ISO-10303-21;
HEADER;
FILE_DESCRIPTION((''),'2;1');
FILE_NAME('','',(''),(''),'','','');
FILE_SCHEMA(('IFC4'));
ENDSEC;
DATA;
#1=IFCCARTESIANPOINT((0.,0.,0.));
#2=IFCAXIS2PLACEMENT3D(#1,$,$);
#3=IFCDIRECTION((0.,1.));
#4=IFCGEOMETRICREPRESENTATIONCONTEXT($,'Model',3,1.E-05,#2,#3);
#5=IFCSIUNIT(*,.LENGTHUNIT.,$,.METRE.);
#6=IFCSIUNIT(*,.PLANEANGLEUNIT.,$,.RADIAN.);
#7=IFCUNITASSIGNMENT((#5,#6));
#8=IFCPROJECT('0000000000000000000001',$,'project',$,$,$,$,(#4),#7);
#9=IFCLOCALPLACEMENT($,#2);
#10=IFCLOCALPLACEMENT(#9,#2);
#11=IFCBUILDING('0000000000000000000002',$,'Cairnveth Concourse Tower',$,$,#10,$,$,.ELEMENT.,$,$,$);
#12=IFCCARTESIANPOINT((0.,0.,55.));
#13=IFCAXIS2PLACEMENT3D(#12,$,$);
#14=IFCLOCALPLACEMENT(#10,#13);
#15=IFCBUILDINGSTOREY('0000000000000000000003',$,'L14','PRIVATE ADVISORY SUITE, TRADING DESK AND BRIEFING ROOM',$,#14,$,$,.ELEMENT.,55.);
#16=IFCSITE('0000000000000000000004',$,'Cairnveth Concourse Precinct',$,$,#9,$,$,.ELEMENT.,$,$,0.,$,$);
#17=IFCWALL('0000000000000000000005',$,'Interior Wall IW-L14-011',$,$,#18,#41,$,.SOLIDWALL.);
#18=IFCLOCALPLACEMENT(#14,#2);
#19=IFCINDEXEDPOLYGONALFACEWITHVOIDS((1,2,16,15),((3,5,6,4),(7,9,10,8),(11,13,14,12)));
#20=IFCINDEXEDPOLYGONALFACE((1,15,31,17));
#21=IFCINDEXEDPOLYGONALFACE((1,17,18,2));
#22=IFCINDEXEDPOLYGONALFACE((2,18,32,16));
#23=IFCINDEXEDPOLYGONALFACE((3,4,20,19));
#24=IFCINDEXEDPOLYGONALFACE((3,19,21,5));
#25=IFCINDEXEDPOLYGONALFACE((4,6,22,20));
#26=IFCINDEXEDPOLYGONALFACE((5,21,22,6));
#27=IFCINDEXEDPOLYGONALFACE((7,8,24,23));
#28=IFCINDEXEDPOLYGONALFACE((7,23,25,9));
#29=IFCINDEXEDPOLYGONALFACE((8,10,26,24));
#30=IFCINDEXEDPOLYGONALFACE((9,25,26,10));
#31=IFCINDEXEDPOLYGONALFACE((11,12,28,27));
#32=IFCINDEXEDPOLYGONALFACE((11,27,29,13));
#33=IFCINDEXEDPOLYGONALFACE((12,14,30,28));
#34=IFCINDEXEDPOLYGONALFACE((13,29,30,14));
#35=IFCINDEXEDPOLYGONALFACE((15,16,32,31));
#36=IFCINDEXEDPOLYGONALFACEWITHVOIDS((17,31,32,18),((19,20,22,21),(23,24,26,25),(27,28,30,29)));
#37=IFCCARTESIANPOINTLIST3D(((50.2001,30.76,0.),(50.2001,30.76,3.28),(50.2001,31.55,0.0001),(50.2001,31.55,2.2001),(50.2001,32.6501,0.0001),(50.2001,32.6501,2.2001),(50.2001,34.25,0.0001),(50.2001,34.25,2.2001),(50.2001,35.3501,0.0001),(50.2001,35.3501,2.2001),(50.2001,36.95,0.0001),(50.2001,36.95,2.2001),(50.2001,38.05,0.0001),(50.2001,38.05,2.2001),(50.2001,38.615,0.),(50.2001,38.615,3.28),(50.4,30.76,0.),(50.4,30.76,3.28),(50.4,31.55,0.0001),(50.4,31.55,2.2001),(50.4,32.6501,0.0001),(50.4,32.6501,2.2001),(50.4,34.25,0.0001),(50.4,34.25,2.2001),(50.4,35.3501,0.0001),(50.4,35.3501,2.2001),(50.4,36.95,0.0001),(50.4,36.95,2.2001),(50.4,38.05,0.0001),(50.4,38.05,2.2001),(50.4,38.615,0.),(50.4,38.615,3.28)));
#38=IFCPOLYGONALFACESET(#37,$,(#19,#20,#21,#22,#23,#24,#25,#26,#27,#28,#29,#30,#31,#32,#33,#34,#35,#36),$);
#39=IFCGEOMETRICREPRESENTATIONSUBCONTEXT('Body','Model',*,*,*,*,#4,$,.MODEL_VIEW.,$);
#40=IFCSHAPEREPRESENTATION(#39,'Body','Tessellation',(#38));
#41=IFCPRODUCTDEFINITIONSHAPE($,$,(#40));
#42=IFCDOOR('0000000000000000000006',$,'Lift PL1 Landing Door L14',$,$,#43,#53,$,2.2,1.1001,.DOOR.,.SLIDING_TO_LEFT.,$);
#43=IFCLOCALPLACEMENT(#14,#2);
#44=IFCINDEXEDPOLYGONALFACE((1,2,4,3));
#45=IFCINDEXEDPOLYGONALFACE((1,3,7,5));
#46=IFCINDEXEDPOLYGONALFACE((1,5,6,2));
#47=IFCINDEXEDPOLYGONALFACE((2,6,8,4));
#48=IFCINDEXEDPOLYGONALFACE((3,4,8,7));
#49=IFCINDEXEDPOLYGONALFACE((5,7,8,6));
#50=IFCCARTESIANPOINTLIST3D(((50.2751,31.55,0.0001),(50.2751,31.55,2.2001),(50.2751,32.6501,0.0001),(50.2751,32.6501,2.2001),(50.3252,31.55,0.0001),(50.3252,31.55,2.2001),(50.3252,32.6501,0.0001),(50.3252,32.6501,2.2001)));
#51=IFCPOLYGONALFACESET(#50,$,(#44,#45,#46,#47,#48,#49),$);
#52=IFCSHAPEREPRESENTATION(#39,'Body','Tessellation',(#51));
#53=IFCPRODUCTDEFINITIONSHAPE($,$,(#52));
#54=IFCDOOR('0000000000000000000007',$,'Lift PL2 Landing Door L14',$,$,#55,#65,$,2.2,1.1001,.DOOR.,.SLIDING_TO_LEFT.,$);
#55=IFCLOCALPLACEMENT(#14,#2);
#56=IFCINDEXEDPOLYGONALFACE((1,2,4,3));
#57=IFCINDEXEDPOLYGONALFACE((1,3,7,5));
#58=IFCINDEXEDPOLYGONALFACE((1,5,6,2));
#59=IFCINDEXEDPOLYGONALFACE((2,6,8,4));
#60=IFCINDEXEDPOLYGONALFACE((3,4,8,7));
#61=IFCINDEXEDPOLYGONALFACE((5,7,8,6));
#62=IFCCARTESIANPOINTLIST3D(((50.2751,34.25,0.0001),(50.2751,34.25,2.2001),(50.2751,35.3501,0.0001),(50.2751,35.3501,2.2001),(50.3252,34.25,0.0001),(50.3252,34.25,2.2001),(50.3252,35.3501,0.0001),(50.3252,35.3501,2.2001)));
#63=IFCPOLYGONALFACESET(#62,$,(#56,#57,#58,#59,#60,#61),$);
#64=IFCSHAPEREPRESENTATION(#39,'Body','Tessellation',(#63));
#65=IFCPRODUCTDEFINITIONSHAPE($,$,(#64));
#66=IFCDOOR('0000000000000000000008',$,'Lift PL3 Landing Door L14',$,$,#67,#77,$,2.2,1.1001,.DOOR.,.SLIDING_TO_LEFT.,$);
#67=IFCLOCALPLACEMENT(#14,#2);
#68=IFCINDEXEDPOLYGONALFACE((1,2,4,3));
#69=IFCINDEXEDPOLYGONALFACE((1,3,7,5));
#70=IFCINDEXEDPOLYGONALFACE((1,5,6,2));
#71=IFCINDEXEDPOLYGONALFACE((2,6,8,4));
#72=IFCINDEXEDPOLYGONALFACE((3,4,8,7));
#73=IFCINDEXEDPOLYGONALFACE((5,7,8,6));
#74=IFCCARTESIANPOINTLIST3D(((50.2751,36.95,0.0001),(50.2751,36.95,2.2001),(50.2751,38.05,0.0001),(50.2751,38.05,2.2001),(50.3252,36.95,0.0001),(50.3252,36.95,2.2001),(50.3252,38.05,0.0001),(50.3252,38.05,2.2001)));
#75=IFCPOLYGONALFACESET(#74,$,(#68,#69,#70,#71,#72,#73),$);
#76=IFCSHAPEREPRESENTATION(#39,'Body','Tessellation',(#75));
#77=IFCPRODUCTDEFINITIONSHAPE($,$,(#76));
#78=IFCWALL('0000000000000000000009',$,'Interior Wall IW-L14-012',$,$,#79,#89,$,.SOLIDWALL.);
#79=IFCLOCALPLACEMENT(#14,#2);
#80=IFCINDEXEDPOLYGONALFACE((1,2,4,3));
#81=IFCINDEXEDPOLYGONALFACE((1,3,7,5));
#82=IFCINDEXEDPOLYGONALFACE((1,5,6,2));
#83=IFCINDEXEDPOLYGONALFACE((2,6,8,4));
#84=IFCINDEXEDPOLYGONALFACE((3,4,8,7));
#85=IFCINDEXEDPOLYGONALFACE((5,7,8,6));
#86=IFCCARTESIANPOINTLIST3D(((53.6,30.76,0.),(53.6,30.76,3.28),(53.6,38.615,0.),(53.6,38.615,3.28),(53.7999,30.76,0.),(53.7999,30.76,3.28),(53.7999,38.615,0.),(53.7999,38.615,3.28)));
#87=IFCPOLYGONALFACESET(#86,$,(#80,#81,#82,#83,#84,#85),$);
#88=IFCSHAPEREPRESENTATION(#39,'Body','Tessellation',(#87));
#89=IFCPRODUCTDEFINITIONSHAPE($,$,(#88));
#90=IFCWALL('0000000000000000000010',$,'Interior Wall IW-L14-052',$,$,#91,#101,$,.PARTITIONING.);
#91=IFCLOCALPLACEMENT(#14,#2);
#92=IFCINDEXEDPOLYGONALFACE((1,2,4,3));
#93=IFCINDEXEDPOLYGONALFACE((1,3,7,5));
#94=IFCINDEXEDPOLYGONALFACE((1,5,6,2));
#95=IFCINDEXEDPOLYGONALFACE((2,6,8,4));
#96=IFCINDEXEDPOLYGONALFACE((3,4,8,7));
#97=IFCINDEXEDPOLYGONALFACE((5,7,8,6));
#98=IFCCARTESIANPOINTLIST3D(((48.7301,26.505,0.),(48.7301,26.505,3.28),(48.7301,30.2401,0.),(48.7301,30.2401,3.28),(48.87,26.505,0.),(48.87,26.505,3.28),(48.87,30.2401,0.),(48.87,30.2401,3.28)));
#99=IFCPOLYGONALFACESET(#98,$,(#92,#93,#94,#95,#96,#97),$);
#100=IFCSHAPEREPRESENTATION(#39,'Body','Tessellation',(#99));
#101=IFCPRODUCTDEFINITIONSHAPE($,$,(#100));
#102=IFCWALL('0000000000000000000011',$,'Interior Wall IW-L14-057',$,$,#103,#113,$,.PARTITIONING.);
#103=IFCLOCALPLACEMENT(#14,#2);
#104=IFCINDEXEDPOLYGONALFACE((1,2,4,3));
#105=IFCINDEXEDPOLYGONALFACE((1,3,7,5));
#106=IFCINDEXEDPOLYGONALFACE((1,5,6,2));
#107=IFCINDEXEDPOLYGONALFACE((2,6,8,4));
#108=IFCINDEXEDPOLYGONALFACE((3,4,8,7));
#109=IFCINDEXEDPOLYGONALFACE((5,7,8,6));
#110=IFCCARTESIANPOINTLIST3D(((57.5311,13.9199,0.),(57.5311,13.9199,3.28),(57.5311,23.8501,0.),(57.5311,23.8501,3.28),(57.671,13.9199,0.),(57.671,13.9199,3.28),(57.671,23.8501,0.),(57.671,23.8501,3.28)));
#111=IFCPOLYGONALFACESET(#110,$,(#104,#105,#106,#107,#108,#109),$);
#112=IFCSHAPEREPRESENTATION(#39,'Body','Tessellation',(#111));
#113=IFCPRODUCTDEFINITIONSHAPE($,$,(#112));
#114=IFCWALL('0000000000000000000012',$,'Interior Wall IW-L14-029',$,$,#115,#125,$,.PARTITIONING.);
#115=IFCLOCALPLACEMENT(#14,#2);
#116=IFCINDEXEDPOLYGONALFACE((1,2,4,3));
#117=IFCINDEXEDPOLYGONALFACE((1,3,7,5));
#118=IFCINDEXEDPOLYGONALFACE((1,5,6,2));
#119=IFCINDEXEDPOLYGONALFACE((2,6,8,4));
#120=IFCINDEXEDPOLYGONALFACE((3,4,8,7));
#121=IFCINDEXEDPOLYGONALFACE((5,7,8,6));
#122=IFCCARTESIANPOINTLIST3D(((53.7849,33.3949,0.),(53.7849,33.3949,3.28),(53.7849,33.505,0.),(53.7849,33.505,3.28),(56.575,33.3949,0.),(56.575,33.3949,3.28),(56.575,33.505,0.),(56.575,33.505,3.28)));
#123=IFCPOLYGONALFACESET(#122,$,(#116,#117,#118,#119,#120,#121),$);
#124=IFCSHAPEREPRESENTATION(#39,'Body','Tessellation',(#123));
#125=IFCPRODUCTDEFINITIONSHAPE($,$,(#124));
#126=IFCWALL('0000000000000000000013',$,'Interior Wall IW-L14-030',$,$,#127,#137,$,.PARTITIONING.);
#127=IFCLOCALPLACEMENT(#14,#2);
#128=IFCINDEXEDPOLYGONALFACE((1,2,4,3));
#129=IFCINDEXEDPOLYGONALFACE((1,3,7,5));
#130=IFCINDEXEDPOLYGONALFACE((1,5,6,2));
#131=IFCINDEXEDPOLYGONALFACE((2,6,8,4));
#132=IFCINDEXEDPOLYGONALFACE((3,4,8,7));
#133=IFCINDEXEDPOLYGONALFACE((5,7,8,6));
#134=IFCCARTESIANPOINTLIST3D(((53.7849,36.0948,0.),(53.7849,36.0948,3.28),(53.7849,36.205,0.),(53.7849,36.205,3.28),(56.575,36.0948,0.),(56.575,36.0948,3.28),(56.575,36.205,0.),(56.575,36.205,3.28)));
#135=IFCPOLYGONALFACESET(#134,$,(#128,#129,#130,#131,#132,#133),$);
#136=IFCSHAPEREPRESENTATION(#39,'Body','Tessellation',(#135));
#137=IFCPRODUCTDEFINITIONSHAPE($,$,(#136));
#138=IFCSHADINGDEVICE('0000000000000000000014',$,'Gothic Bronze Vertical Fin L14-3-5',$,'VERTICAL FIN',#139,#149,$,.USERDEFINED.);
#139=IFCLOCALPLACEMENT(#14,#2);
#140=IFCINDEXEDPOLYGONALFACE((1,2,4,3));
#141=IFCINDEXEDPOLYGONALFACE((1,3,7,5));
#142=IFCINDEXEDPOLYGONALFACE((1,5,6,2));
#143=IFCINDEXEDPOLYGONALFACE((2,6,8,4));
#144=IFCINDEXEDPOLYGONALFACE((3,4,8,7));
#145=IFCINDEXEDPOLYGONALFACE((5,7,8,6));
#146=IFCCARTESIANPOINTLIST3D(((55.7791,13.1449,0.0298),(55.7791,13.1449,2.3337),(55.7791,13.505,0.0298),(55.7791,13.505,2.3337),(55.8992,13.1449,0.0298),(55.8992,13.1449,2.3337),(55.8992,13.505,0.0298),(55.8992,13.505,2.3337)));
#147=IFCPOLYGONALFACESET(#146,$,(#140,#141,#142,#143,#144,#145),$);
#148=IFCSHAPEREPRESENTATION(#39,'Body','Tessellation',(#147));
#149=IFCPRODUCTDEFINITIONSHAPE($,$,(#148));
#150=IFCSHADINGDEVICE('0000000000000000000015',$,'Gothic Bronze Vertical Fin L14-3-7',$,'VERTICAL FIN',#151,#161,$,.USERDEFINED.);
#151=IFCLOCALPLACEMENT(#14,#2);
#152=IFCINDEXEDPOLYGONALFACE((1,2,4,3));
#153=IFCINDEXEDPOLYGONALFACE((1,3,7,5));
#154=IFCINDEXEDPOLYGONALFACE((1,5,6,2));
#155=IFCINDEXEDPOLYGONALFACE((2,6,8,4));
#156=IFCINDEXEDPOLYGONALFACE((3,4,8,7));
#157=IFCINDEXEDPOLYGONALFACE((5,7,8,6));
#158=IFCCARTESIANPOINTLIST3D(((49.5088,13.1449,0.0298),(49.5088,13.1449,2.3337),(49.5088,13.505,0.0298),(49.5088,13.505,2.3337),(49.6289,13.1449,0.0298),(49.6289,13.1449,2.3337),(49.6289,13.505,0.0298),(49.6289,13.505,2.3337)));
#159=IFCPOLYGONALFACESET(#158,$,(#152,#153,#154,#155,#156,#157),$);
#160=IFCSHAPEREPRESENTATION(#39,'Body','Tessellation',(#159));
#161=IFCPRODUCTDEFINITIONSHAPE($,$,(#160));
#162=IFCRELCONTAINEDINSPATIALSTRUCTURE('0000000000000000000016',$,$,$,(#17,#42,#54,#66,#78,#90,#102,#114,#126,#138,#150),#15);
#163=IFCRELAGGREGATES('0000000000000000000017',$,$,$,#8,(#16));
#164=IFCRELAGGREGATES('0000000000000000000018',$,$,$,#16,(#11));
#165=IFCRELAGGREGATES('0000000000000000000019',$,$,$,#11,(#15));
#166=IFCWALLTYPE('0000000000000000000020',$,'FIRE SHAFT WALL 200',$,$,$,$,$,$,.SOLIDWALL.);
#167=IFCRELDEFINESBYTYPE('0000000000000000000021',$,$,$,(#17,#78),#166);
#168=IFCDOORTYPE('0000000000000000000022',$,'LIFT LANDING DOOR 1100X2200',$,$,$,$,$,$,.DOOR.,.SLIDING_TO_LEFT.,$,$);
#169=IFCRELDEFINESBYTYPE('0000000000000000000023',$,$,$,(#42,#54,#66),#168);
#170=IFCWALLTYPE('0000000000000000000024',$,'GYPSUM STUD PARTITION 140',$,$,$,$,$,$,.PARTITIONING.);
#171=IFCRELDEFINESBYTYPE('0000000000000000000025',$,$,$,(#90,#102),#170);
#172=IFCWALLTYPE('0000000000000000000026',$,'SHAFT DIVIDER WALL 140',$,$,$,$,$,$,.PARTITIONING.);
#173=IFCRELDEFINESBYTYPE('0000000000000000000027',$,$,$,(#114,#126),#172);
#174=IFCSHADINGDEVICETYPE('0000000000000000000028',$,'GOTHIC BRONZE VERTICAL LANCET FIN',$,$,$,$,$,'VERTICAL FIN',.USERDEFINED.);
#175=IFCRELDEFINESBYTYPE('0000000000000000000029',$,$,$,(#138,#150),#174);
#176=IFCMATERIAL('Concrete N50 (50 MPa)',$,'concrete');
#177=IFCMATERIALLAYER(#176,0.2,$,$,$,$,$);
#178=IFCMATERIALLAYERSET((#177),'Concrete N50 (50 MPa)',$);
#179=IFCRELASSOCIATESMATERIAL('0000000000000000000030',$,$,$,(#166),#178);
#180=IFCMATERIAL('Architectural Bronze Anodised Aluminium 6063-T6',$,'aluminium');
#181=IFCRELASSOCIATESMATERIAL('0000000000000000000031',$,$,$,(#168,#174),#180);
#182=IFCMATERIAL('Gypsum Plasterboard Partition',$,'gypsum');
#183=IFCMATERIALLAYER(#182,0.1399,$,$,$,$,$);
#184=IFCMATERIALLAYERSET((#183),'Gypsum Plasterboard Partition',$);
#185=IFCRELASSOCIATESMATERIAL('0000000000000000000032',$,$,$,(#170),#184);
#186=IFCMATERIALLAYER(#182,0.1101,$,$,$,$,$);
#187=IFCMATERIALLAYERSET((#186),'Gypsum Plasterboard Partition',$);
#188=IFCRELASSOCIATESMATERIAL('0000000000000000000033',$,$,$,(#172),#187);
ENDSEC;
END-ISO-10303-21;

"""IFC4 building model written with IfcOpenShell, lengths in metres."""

from ifc_helpers import new_model, si_unit, direction, frame, frame_2d, origin, origin_2d, place, context, subcontext, project, spatial, rectangle, extrude, material, layer, layer_set, type_object, element, fill, save


model = new_model("IFC4")

# Units and contexts
model_context = context("Model", 3, precision=1e-05, world=origin(), true_north=direction((0.0, 1.0)))
body_context = subcontext(model_context, "Body", "Model", "MODEL_VIEW")
ifc_project = project(units=[si_unit("LENGTHUNIT", "METRE"), si_unit("PLANEANGLEUNIT", "RADIAN")], contexts=[model_context])

# Site, building, storey
site_placement = place(None, origin())
site = spatial("IfcSite", under=ifc_project, at=site_placement, Name="Cairnveth Concourse Precinct", CompositionType="ELEMENT", RefElevation=0.0)
building_placement = place(site_placement, origin())
building = spatial("IfcBuilding", under=site, at=building_placement, Name="Cairnveth Concourse Tower", CompositionType="ELEMENT")
storey_placement = place(building_placement, frame((0.0, 0.0, 55.0)))
storey = spatial("IfcBuildingStorey", under=building, at=storey_placement, Name="L14", Description="PRIVATE ADVISORY SUITE, TRADING DESK AND BRIEFING ROOM", CompositionType="ELEMENT", Elevation=55.0)

# Shared definitions
ifc_material_1 = material(Name="Concrete N50 (50 MPa)", Category="concrete")

# Wall, openings, doors
ifc_layer_1 = layer(ifc_material_1, 0.2)
ifc_layer_set_1 = layer_set([ifc_layer_1], Name="Concrete N50 (50 MPa)")
wall_type_1 = type_object("IfcWallType", Name="FIRE SHAFT WALL 200", PredefinedType="SOLIDWALL", material=ifc_layer_set_1)
wall_1_placement = place(storey_placement, frame((50.3, 30.76, 0.0), z_axis=(0.0, 0.0, 1.0), x_axis=(0.0, 1.0, 0.0)))
wall_1 = element("IfcWall", 1, at=wall_1_placement, inside=storey, type_object=wall_type_1, Name="Interior Wall IW-L14-011", PredefinedType="SOLIDWALL", context=body_context, shape_type="SweptSolid", body=[
    extrude(rectangle(XDim=7.855, YDim=0.2, at=frame_2d((3.9275, 0.0))), origin(), (0.0, 0.0, 1.0), 3.28),
])
opening_1_placement = place(wall_1_placement, frame((0.79, 0.0, 0.0)))
opening_1 = element("IfcOpeningElement", 2, at=opening_1_placement, cuts=wall_1, PredefinedType="OPENING", context=body_context, shape_type="SweptSolid", body=[
    extrude(rectangle(XDim=1.1001, YDim=2.2, at=frame_2d((0.55, 1.1001))), frame((0.0, 0.1099, 0.0), z_axis=(0.0, -1.0, 0.0), x_axis=(1.0, 0.0, 0.0)), (0.0, 0.0, 1.0), 0.22),
])
opening_2_placement = place(wall_1_placement, frame((3.49, 0.0, 0.0)))
opening_2 = element("IfcOpeningElement", 3, at=opening_2_placement, cuts=wall_1, PredefinedType="OPENING", context=body_context, shape_type="SweptSolid", body=[
    extrude(rectangle(XDim=1.1001, YDim=2.2, at=frame_2d((0.55, 1.1001))), frame((0.0, 0.1099, 0.0), z_axis=(0.0, -1.0, 0.0), x_axis=(1.0, 0.0, 0.0)), (0.0, 0.0, 1.0), 0.22),
])
opening_3_placement = place(wall_1_placement, frame((6.1899, 0.0, 0.0)))
opening_3 = element("IfcOpeningElement", 4, at=opening_3_placement, cuts=wall_1, PredefinedType="OPENING", context=body_context, shape_type="SweptSolid", body=[
    extrude(rectangle(XDim=1.1001, YDim=2.2, at=frame_2d((0.55, 1.1001))), frame((0.0, 0.1099, 0.0), z_axis=(0.0, -1.0, 0.0), x_axis=(1.0, 0.0, 0.0)), (0.0, 0.0, 1.0), 0.22),
])
ifc_material_2 = material(Name="Architectural Bronze Anodised Aluminium 6063-T6", Category="aluminium")
door_type = type_object("IfcDoorType", Name="LIFT LANDING DOOR 1100X2200", OperationType="SLIDING_TO_LEFT", PredefinedType="DOOR", material=ifc_material_2)
door_1_placement = place(opening_1_placement, origin())
door_1 = element("IfcDoor", 5, at=door_1_placement, inside=storey, type_object=door_type, Name="Lift PL1 Landing Door L14", OperationType="SLIDING_TO_LEFT", OverallHeight=2.2, OverallWidth=1.1001, PredefinedType="DOOR", context=body_context, shape_type="SweptSolid", body=[
    extrude(rectangle(XDim=1.1001, YDim=2.2, at=frame_2d((0.55, 1.1001))), frame((0.0, 0.0249, 0.0), z_axis=(0.0, -1.0, 0.0), x_axis=(1.0, 0.0, 0.0)), (0.0, 0.0, 1.0), 0.05),
])
fill(opening_1, door_1)
door_2_placement = place(opening_2_placement, origin())
door_2 = element("IfcDoor", 6, at=door_2_placement, inside=storey, type_object=door_type, Name="Lift PL2 Landing Door L14", OperationType="SLIDING_TO_LEFT", OverallHeight=2.2, OverallWidth=1.1001, PredefinedType="DOOR", context=body_context, shape_type="SweptSolid", body=[
    extrude(rectangle(XDim=1.1001, YDim=2.2, at=frame_2d((0.55, 1.1001))), frame((0.0, 0.0249, 0.0), z_axis=(0.0, -1.0, 0.0), x_axis=(1.0, 0.0, 0.0)), (0.0, 0.0, 1.0), 0.05),
])
fill(opening_2, door_2)
door_3_placement = place(opening_3_placement, origin())
door_3 = element("IfcDoor", 7, at=door_3_placement, inside=storey, type_object=door_type, Name="Lift PL3 Landing Door L14", OperationType="SLIDING_TO_LEFT", OverallHeight=2.2, OverallWidth=1.1001, PredefinedType="DOOR", context=body_context, shape_type="SweptSolid", body=[
    extrude(rectangle(XDim=1.1001, YDim=2.2, at=frame_2d((0.55, 1.1001))), frame((0.0, 0.0249, 0.0), z_axis=(0.0, -1.0, 0.0), x_axis=(1.0, 0.0, 0.0)), (0.0, 0.0, 1.0), 0.05),
])
fill(opening_3, door_3)

# Walls
wall_2_placement = place(storey_placement, frame((53.7, 30.76, 0.0), z_axis=(0.0, 0.0, 1.0), x_axis=(0.0, 1.0, 0.0)))
element("IfcWall", 8, at=wall_2_placement, inside=storey, type_object=wall_type_1, Name="Interior Wall IW-L14-012", PredefinedType="SOLIDWALL", context=body_context, shape_type="SweptSolid", body=[
    extrude(rectangle(XDim=7.855, YDim=0.2, at=frame_2d((3.9275, 0.0))), origin(), (0.0, 0.0, 1.0), 3.28),
])
ifc_material_3 = material(Name="Gypsum Plasterboard Partition", Category="gypsum")
ifc_layer_2 = layer(ifc_material_3, 0.1399)
ifc_layer_set_2 = layer_set([ifc_layer_2], Name="Gypsum Plasterboard Partition")
wall_type_2 = type_object("IfcWallType", Name="GYPSUM STUD PARTITION 140", PredefinedType="PARTITIONING", material=ifc_layer_set_2)
wall_3_placement = place(storey_placement, frame((48.8, 26.5049, 0.0), z_axis=(0.0, 0.0, 1.0), x_axis=(0.0, 1.0, 0.0)))
element("IfcWall", 9, at=wall_3_placement, inside=storey, type_object=wall_type_2, Name="Interior Wall IW-L14-052", PredefinedType="PARTITIONING", context=body_context, shape_type="SweptSolid", body=[
    extrude(rectangle(XDim=3.7351, YDim=0.1399, at=frame_2d((1.8677, 0.0))), origin(), (0.0, 0.0, 1.0), 3.28),
])
wall_4_placement = place(storey_placement, frame((57.6011, 13.9199, 0.0), z_axis=(0.0, 0.0, 1.0), x_axis=(0.0, 1.0, 0.0)))
element("IfcWall", 10, at=wall_4_placement, inside=storey, type_object=wall_type_2, Name="Interior Wall IW-L14-057", PredefinedType="PARTITIONING", context=body_context, shape_type="SweptSolid", body=[
    extrude(rectangle(XDim=9.9302, YDim=0.1399, at=frame_2d((4.9651, 0.0))), origin(), (0.0, 0.0, 1.0), 3.28),
])
ifc_layer_3 = layer(ifc_material_3, 0.1101)
ifc_layer_set_3 = layer_set([ifc_layer_3], Name="Gypsum Plasterboard Partition")
wall_type_3 = type_object("IfcWallType", Name="SHAFT DIVIDER WALL 140", PredefinedType="PARTITIONING", material=ifc_layer_set_3)
for number, where, z_axis, x_axis, name in (
    (11, (53.7849, 33.45, 0.0), (0.0, 0.0, 1.0), (1.0, 0.0, 0.0), "Interior Wall IW-L14-029"),
    (12, (53.7849, 36.1499, 0.0), (0.0, 0.0, 1.0), (1.0, 0.0, 0.0), "Interior Wall IW-L14-030"),
):
    element("IfcWall", number, at=place(storey_placement, frame(where, z_axis=z_axis, x_axis=x_axis)), inside=storey, type_object=wall_type_3, Name=name, PredefinedType="PARTITIONING", context=body_context, shape_type="SweptSolid", body=[
        extrude(rectangle(XDim=2.79, YDim=0.1101, at=frame_2d((1.395, 0.0))), origin(), (0.0, 0.0, 1.0), 3.28),
    ])

# Shading devices
shading_device_type = type_object("IfcShadingDeviceType", Name="GOTHIC BRONZE VERTICAL LANCET FIN", ElementType="VERTICAL FIN", PredefinedType="USERDEFINED", material=ifc_material_2)
for number, where, z_axis, x_axis, name in (
    (13, (55.8391, 13.325, 0.0298), (0.0, 0.0, 1.0), (1.0, 0.0, 0.0), "Gothic Bronze Vertical Fin L14-3-5"),
    (14, (49.5688, 13.325, 0.0298), (0.0, 0.0, 1.0), (1.0, 0.0, 0.0), "Gothic Bronze Vertical Fin L14-3-7"),
):
    element("IfcShadingDevice", number, at=place(storey_placement, frame(where, z_axis=z_axis, x_axis=x_axis)), inside=storey, type_object=shading_device_type, Name=name, ObjectType="VERTICAL FIN", PredefinedType="USERDEFINED", context=body_context, shape_type="SweptSolid", body=[
        extrude(rectangle(XDim=0.1201, YDim=0.3601, at=origin_2d()), origin(), (0.0, 0.0, 1.0), 2.304),
    ])

save(model, "model.ifc")
